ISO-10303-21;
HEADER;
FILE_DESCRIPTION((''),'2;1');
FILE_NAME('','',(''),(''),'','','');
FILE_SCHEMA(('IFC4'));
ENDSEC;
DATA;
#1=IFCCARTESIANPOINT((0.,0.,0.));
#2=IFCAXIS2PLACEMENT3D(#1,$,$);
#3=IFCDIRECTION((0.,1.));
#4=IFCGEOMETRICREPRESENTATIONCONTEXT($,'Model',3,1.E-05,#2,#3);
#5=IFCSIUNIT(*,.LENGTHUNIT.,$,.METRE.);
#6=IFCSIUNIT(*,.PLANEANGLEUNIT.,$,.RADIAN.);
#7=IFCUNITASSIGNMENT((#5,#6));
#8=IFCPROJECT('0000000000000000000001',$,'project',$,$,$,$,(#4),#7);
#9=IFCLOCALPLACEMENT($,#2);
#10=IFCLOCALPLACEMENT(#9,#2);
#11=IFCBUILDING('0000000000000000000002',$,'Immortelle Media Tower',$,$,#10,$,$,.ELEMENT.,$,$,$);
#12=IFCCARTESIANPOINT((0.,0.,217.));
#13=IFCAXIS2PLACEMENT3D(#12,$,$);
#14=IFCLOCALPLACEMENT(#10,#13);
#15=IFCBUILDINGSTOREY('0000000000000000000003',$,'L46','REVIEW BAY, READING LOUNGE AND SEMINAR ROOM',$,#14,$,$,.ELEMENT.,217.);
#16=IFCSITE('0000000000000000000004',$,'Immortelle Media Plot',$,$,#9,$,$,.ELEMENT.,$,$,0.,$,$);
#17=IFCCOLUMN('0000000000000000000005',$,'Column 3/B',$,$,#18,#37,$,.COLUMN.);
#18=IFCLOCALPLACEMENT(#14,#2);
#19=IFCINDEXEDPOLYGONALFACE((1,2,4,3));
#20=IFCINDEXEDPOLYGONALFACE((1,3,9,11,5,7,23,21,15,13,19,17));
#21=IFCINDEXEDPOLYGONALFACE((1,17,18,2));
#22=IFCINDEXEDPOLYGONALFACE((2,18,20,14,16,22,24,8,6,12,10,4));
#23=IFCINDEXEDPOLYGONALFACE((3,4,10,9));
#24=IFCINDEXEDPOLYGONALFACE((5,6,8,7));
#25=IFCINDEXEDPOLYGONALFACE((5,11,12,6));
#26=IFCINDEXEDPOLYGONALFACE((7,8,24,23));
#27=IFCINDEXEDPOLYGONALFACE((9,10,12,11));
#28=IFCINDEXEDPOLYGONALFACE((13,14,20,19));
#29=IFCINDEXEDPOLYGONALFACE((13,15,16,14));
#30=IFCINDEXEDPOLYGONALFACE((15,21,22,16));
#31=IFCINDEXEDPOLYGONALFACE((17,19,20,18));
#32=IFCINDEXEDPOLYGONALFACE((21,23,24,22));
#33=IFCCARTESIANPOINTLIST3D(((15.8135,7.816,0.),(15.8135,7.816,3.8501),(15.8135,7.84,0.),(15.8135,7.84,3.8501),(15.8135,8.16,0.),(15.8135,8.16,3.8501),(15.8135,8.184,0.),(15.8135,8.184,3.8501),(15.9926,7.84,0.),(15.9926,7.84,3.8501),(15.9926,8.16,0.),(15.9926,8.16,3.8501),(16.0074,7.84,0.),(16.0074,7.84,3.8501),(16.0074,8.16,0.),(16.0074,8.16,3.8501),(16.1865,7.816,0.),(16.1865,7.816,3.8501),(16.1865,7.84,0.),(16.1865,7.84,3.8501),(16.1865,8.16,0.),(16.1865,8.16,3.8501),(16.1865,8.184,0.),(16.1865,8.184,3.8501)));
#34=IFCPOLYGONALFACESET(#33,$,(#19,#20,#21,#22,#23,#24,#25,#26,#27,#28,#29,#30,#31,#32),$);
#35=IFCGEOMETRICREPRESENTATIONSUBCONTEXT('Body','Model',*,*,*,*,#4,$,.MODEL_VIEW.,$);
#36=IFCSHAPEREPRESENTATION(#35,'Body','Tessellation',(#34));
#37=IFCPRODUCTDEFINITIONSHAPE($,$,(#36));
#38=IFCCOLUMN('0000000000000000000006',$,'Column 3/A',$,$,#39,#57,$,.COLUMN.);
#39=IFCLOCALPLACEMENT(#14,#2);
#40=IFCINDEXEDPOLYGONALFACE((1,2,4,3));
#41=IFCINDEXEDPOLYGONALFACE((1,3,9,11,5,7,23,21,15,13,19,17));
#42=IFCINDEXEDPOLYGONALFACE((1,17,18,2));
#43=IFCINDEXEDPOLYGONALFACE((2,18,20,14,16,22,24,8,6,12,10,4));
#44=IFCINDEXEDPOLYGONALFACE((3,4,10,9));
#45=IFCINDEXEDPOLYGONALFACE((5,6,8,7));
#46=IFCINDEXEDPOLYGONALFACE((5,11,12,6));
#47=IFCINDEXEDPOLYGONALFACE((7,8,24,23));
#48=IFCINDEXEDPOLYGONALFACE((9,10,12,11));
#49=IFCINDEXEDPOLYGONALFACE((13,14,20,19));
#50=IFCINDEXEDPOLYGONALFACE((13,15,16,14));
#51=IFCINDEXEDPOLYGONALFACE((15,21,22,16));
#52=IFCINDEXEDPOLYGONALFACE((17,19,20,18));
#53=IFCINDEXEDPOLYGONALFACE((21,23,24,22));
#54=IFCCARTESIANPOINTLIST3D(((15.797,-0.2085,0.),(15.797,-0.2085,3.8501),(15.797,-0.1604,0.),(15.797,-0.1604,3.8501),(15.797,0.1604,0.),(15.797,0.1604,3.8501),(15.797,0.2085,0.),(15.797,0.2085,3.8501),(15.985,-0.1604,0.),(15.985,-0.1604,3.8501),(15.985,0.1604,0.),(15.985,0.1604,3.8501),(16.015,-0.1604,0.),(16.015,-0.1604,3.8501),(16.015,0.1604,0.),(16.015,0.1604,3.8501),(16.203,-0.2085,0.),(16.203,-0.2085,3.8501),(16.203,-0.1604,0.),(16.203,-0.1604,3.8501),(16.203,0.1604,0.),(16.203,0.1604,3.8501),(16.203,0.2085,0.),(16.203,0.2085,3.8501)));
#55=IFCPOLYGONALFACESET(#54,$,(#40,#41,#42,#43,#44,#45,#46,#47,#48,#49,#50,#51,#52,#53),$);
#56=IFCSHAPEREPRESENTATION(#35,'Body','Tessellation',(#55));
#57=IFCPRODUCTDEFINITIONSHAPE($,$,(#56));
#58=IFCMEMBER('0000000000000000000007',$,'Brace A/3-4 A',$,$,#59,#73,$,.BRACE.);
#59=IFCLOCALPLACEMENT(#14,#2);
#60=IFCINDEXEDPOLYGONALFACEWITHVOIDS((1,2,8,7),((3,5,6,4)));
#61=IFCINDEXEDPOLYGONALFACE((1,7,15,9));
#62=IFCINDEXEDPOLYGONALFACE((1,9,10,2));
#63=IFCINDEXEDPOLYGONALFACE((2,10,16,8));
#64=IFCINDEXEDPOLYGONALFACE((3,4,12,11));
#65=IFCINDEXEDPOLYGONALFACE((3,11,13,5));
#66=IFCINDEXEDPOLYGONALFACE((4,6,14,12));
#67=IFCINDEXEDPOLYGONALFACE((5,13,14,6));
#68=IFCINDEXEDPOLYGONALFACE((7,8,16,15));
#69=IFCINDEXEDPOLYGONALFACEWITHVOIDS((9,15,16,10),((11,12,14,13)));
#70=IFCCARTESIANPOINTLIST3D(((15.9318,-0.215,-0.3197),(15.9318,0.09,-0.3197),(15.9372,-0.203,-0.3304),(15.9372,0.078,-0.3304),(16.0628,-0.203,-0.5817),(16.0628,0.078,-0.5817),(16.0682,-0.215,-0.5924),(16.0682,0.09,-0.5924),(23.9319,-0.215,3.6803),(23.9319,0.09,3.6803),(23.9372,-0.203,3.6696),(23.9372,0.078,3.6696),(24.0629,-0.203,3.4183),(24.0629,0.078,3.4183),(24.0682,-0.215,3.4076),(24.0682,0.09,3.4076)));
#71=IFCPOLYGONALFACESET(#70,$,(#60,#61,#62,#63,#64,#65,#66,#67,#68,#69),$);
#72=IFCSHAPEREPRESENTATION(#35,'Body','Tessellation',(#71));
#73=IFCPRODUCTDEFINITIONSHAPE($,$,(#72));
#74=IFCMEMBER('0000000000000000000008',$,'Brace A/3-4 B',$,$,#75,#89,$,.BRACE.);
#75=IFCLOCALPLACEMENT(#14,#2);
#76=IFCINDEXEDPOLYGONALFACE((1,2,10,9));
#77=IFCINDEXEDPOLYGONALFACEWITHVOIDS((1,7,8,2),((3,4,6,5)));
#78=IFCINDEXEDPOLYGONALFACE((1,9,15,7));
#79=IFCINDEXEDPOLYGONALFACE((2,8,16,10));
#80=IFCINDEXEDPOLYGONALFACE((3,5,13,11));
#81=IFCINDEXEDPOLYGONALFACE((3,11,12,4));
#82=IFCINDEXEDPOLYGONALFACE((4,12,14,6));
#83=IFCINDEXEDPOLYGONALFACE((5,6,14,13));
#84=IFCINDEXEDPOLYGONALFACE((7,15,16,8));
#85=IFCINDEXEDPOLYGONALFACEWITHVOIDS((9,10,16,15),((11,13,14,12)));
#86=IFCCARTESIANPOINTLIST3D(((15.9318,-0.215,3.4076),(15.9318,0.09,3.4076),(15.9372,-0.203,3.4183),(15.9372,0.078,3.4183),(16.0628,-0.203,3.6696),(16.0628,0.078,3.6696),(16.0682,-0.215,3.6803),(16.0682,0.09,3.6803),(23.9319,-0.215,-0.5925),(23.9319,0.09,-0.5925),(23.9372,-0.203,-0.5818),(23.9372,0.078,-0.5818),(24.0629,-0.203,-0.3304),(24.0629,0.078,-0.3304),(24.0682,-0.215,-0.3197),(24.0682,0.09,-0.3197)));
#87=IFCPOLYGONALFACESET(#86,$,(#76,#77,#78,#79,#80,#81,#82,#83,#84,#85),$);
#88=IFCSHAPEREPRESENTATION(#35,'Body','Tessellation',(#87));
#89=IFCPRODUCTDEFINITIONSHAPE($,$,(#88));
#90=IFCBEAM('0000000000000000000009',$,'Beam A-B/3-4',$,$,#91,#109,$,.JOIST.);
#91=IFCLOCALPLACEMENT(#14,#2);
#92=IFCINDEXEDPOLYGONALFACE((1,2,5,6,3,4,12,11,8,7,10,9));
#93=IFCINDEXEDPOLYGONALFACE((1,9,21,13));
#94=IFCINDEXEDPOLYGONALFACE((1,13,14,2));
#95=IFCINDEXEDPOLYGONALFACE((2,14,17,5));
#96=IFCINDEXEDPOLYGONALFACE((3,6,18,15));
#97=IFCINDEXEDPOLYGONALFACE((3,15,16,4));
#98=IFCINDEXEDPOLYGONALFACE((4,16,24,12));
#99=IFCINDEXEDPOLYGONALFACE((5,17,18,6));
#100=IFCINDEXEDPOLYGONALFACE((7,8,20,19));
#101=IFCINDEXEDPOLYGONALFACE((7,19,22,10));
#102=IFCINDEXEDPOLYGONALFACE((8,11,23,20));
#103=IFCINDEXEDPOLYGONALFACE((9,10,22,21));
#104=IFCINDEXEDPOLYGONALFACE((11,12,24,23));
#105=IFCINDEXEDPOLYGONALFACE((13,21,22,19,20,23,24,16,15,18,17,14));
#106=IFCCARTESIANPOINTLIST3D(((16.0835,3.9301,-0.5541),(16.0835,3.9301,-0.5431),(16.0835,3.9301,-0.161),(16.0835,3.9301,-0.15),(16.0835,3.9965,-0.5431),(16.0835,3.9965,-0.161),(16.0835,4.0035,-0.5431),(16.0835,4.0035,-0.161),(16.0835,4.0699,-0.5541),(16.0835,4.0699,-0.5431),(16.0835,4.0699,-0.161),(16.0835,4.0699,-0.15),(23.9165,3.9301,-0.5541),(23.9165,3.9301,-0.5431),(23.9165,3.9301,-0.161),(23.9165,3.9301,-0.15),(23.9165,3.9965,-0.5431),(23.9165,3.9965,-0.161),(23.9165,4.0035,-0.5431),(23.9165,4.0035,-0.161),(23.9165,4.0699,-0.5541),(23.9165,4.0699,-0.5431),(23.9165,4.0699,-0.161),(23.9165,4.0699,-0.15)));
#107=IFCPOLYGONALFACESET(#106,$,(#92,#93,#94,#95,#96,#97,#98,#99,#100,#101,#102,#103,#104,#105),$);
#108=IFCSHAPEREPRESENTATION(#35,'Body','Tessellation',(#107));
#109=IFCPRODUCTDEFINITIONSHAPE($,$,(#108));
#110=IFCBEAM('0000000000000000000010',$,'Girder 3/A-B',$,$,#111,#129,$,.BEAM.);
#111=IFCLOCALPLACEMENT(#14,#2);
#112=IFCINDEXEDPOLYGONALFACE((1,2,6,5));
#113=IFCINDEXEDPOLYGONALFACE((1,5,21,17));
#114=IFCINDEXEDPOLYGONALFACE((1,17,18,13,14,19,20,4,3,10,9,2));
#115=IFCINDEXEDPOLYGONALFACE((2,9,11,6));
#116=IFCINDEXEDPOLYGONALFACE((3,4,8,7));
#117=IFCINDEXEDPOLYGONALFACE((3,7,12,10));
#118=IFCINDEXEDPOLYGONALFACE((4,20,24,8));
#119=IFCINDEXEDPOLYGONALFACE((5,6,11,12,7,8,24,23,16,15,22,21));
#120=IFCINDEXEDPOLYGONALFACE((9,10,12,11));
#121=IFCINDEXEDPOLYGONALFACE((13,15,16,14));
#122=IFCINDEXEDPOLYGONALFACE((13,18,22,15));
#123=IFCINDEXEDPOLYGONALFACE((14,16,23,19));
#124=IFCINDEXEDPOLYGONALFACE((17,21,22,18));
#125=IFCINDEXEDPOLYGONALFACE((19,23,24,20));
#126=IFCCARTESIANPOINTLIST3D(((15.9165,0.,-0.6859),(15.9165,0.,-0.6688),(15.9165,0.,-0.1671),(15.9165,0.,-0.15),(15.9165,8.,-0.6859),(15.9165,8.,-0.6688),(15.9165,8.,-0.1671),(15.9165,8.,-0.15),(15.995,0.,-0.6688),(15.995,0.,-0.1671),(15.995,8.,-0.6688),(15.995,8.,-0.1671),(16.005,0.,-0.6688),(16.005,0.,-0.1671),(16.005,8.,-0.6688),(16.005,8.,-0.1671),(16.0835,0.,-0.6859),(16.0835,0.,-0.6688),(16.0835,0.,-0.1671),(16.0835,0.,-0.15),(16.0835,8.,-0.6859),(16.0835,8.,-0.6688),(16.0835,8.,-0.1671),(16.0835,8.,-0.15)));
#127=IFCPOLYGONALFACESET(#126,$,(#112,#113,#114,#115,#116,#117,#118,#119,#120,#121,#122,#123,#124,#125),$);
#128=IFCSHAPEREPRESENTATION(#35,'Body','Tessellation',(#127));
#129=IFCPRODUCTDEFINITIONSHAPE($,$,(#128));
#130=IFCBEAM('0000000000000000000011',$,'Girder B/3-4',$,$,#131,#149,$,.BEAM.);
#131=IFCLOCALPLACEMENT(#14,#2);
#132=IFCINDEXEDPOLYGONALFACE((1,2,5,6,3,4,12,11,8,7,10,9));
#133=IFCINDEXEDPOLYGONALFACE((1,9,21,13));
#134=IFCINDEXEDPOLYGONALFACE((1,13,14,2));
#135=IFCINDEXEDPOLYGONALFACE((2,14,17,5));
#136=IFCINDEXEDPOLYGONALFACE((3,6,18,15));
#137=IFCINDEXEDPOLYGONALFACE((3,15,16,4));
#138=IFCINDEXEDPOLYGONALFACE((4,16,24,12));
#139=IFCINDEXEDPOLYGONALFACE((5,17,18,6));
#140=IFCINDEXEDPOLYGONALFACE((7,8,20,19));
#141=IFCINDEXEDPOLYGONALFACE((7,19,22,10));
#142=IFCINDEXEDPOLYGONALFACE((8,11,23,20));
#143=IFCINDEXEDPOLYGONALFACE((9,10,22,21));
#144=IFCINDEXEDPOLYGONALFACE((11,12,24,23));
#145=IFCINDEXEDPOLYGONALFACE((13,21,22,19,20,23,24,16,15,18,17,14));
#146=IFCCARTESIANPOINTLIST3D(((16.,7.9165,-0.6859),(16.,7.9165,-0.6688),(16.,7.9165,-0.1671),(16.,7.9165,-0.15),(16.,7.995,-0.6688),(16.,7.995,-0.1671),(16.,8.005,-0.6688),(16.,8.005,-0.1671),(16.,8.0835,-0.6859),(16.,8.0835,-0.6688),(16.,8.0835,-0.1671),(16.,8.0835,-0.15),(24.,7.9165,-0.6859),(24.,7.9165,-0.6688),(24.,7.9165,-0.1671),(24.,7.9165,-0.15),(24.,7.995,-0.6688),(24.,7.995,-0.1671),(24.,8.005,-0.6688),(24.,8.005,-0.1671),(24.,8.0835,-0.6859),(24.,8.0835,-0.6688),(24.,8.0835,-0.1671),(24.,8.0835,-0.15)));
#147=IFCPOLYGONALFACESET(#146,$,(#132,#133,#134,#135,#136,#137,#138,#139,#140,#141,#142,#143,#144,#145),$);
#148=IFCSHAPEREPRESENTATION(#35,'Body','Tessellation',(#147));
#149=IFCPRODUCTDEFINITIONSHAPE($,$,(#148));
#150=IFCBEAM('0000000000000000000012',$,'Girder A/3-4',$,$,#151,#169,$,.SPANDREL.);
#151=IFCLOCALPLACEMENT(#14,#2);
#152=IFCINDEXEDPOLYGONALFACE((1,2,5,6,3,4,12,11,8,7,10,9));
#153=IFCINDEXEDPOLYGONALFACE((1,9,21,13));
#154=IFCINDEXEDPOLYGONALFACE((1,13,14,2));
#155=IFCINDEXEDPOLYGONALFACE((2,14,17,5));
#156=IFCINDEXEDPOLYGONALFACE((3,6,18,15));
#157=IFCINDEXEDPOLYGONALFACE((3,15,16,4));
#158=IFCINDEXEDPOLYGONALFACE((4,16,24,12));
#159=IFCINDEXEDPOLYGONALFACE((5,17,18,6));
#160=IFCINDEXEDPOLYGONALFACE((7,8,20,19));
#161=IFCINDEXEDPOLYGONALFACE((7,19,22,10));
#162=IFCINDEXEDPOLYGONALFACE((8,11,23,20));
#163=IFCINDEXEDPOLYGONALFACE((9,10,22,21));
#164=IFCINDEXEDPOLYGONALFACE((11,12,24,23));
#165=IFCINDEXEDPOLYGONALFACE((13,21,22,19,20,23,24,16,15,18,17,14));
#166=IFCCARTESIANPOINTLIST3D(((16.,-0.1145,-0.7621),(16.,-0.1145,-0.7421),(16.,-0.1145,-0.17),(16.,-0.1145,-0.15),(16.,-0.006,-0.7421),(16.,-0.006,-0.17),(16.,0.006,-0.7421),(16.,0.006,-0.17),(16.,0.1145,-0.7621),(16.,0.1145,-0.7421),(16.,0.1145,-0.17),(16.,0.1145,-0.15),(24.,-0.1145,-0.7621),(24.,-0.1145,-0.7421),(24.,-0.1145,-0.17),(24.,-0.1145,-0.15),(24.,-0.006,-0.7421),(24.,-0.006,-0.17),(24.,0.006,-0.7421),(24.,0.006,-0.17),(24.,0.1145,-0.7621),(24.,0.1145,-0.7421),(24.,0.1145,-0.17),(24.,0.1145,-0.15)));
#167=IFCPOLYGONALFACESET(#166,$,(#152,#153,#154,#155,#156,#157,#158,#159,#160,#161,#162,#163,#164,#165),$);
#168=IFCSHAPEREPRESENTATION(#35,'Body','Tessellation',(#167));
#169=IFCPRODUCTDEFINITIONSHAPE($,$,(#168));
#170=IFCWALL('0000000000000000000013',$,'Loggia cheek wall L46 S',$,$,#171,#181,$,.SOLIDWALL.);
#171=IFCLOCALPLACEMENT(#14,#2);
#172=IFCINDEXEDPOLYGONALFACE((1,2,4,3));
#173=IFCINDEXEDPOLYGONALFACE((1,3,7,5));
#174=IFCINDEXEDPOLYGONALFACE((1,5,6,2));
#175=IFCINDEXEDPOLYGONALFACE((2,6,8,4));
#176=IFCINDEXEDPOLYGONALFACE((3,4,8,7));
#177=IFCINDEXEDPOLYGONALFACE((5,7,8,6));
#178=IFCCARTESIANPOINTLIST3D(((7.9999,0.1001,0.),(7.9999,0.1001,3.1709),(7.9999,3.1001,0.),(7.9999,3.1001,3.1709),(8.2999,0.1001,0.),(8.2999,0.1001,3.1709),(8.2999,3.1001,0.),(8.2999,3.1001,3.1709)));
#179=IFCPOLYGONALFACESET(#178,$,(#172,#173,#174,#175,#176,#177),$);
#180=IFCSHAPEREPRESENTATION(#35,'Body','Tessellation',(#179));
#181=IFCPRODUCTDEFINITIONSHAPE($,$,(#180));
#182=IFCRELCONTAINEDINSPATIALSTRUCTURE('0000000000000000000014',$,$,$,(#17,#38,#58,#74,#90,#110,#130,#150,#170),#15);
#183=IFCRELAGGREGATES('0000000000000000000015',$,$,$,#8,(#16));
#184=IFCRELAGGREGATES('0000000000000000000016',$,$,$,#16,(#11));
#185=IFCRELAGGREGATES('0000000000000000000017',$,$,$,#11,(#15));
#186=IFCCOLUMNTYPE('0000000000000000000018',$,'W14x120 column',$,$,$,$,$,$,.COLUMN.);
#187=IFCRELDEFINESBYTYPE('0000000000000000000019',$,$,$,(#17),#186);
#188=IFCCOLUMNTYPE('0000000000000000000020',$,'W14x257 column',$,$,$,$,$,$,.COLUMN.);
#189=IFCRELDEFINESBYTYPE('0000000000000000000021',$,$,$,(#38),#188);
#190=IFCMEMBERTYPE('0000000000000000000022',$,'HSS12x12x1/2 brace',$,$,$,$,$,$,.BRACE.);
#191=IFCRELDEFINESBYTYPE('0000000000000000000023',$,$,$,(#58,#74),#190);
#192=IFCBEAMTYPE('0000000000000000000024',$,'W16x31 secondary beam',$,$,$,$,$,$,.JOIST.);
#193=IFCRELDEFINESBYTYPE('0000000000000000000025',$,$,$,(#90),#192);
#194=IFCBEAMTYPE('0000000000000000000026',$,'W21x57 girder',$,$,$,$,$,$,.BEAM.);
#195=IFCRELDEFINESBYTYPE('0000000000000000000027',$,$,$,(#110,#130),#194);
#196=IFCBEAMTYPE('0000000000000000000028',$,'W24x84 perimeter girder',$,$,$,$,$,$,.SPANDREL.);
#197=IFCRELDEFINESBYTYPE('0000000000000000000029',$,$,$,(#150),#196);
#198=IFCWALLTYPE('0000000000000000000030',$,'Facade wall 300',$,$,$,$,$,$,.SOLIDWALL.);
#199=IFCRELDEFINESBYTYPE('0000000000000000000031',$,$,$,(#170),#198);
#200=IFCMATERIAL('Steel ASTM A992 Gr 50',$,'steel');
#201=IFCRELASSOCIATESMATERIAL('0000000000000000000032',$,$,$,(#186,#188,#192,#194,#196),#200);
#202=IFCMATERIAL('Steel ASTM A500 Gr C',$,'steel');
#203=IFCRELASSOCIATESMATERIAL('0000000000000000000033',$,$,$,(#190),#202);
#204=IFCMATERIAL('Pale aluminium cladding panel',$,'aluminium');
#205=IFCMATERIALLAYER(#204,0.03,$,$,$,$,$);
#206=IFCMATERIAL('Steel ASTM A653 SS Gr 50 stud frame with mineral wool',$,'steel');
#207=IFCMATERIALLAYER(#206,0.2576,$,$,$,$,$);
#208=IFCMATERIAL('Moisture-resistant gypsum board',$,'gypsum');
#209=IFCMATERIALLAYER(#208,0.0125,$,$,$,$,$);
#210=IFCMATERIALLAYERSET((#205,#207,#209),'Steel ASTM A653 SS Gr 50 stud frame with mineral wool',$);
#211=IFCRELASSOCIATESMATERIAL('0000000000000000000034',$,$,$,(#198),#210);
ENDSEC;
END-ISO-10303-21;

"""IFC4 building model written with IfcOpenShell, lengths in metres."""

from ifc_helpers import new_model, si_unit, direction, frame, frame_2d, origin, origin_2d, place, context, subcontext, project, spatial, rectangle, hollow_rectangle, i_section, extrude, material, layer, layer_set, material_profile, profile_set, type_object, element, save


model = new_model("IFC4")

# Units and contexts
model_context = context("Model", 3, precision=1e-05, world=origin(), true_north=direction((0.0, 1.0)))
body_context = subcontext(model_context, "Body", "Model", "MODEL_VIEW")
ifc_project = project(units=[si_unit("LENGTHUNIT", "METRE"), si_unit("PLANEANGLEUNIT", "RADIAN")], contexts=[model_context])

# Site, building, storey
site_placement = place(None, origin())
site = spatial("IfcSite", under=ifc_project, at=site_placement, Name="Immortelle Media Plot", CompositionType="ELEMENT", RefElevation=0.0)
building_placement = place(site_placement, origin())
building = spatial("IfcBuilding", under=site, at=building_placement, Name="Immortelle Media Tower", CompositionType="ELEMENT")
storey_placement = place(building_placement, frame((0.0, 0.0, 217.0)))
storey = spatial("IfcBuildingStorey", under=building, at=storey_placement, Name="L46", Description="REVIEW BAY, READING LOUNGE AND SEMINAR ROOM", CompositionType="ELEMENT", Elevation=217.0)

# Columns
ifc_material_1 = material(Name="Steel ASTM A992 Gr 50", Category="steel")
ifc_material_profile_1 = material_profile(ifc_material_1, i_section(OverallWidth=0.373, OverallDepth=0.3679, WebThickness=0.0149, FlangeThickness=0.0239, at=origin_2d()), Name="W14x120")
ifc_profile_set_1 = profile_set([ifc_material_profile_1], Name="Steel ASTM A992 Gr 50")
column_type_1 = type_object("IfcColumnType", Name="W14x120 column", PredefinedType="COLUMN", material=ifc_profile_set_1)
column_1_placement = place(storey_placement, frame((16.0, 8.0, 0.0), z_axis=(0.0, 0.0, 1.0), x_axis=(1.0, 0.0, 0.0)))
element("IfcColumn", 1, at=column_1_placement, inside=storey, type_object=column_type_1, Name="Column 3/B", PredefinedType="COLUMN", context=body_context, shape_type="SweptSolid", body=[
    extrude(i_section(OverallWidth=0.373, OverallDepth=0.3679, WebThickness=0.0149, FlangeThickness=0.0239, at=origin_2d()), origin(), (0.0, 0.0, 1.0), 3.8501),
])
ifc_material_profile_2 = material_profile(ifc_material_1, i_section(OverallWidth=0.406, OverallDepth=0.417, WebThickness=0.03, FlangeThickness=0.0481, at=origin_2d()), Name="W14x257")
ifc_profile_set_2 = profile_set([ifc_material_profile_2], Name="Steel ASTM A992 Gr 50")
column_type_2 = type_object("IfcColumnType", Name="W14x257 column", PredefinedType="COLUMN", material=ifc_profile_set_2)
column_2_placement = place(storey_placement, frame((16.0, 0.0, 0.0), z_axis=(0.0, 0.0, 1.0), x_axis=(1.0, 0.0, 0.0)))
element("IfcColumn", 2, at=column_2_placement, inside=storey, type_object=column_type_2, Name="Column 3/A", PredefinedType="COLUMN", context=body_context, shape_type="SweptSolid", body=[
    extrude(i_section(OverallWidth=0.406, OverallDepth=0.417, WebThickness=0.03, FlangeThickness=0.0481, at=origin_2d()), origin(), (0.0, 0.0, 1.0), 3.8501),
])

# Members
ifc_material_2 = material(Name="Steel ASTM A500 Gr C", Category="steel")
ifc_material_profile_3 = material_profile(ifc_material_2, hollow_rectangle(XDim=0.3049, YDim=0.3049, WallThickness=0.012, at=origin_2d()), Name="HSS12x12x1/2 brace")
ifc_profile_set_3 = profile_set([ifc_material_profile_3], Name="Steel ASTM A500 Gr C")
member_type = type_object("IfcMemberType", Name="HSS12x12x1/2 brace", PredefinedType="BRACE", material=ifc_profile_set_3)
for number, where, z_axis, x_axis, name in (
    (3, (16.0, -0.0625, -0.4561), (0.894427, 0.0, 0.447214), (0.0, 1.0, 0.0), "Brace A/3-4 A"),
    (4, (16.0, -0.0625, 3.5439), (0.894427, 0.0, -0.447214), (0.0, 1.0, 0.0), "Brace A/3-4 B"),
):
    element("IfcMember", number, at=place(storey_placement, frame(where, z_axis=z_axis, x_axis=x_axis)), inside=storey, type_object=member_type, Name=name, PredefinedType="BRACE", context=body_context, shape_type="SweptSolid", body=[
        extrude(hollow_rectangle(XDim=0.3049, YDim=0.3049, WallThickness=0.012, at=origin_2d()), origin(), (0.0, 0.0, 1.0), 8.9443),
    ])

# Beams
ifc_material_profile_4 = material_profile(ifc_material_1, i_section(OverallWidth=0.1399, OverallDepth=0.4041, WebThickness=0.0071, FlangeThickness=0.011, at=origin_2d()), Name="W16x31")
ifc_profile_set_4 = profile_set([ifc_material_profile_4], Name="Steel ASTM A992 Gr 50")
beam_type_1 = type_object("IfcBeamType", Name="W16x31 secondary beam", PredefinedType="JOIST", material=ifc_profile_set_4)
beam_1_placement = place(storey_placement, frame((16.0835, 4.0, -0.3521), z_axis=(1.0, 0.0, 0.0), x_axis=(0.0, 1.0, 0.0)))
element("IfcBeam", 5, at=beam_1_placement, inside=storey, type_object=beam_type_1, Name="Beam A-B/3-4", PredefinedType="JOIST", context=body_context, shape_type="SweptSolid", body=[
    extrude(i_section(OverallWidth=0.1399, OverallDepth=0.4041, WebThickness=0.0071, FlangeThickness=0.011, at=origin_2d()), origin(), (0.0, 0.0, 1.0), 7.833),
])
ifc_material_profile_5 = material_profile(ifc_material_1, i_section(OverallWidth=0.167, OverallDepth=0.5359, WebThickness=0.01, FlangeThickness=0.0171, at=origin_2d()), Name="W21x57")
ifc_profile_set_5 = profile_set([ifc_material_profile_5], Name="Steel ASTM A992 Gr 50")
beam_type_2 = type_object("IfcBeamType", Name="W21x57 girder", PredefinedType="BEAM", material=ifc_profile_set_5)
for number, where, z_axis, x_axis, name in (
    (6, (16.0, 0.0, -0.418), (0.0, 1.0, 0.0), (-1.0, 0.0, 0.0), "Girder 3/A-B"),
    (7, (16.0, 8.0, -0.418), (1.0, 0.0, 0.0), (0.0, 1.0, 0.0), "Girder B/3-4"),
):
    element("IfcBeam", number, at=place(storey_placement, frame(where, z_axis=z_axis, x_axis=x_axis)), inside=storey, type_object=beam_type_2, Name=name, PredefinedType="BEAM", context=body_context, shape_type="SweptSolid", body=[
        extrude(i_section(OverallWidth=0.167, OverallDepth=0.5359, WebThickness=0.01, FlangeThickness=0.0171, at=origin_2d()), origin(), (0.0, 0.0, 1.0), 8.0),
    ])
ifc_material_profile_6 = material_profile(ifc_material_1, i_section(OverallWidth=0.229, OverallDepth=0.6121, WebThickness=0.012, FlangeThickness=0.02, at=origin_2d()), Name="W24x84")
ifc_profile_set_6 = profile_set([ifc_material_profile_6], Name="Steel ASTM A992 Gr 50")
beam_type_3 = type_object("IfcBeamType", Name="W24x84 perimeter girder", PredefinedType="SPANDREL", material=ifc_profile_set_6)
beam_2_placement = place(storey_placement, frame((16.0, 0.0, -0.4561), z_axis=(1.0, 0.0, 0.0), x_axis=(0.0, 1.0, 0.0)))
element("IfcBeam", 8, at=beam_2_placement, inside=storey, type_object=beam_type_3, Name="Girder A/3-4", PredefinedType="SPANDREL", context=body_context, shape_type="SweptSolid", body=[
    extrude(i_section(OverallWidth=0.229, OverallDepth=0.6121, WebThickness=0.012, FlangeThickness=0.02, at=origin_2d()), origin(), (0.0, 0.0, 1.0), 8.0),
])

# Shared definitions
ifc_material_3 = material(Name="Pale aluminium cladding panel", Category="aluminium")
ifc_layer_1 = layer(ifc_material_3, 0.03)
ifc_material_4 = material(Name="Steel ASTM A653 SS Gr 50 stud frame with mineral wool", Category="steel")
ifc_layer_2 = layer(ifc_material_4, 0.2576)
ifc_material_5 = material(Name="Moisture-resistant gypsum board", Category="gypsum")
ifc_layer_3 = layer(ifc_material_5, 0.0125)
ifc_layer_set_1 = layer_set([ifc_layer_1, ifc_layer_2, ifc_layer_3], Name="Steel ASTM A653 SS Gr 50 stud frame with mineral wool")
wall_type_1 = type_object("IfcWallType", Name="Facade wall 300", PredefinedType="SOLIDWALL", material=ifc_layer_set_1)

# Wall
wall_1_placement = place(storey_placement, frame((8.1499, 0.1001, 0.0), z_axis=(0.0, 0.0, 1.0), x_axis=(0.0, 1.0, 0.0)))
element("IfcWall", 9, at=wall_1_placement, inside=storey, type_object=wall_type_1, Name="Loggia cheek wall L46 S", PredefinedType="SOLIDWALL", context=body_context, shape_type="SweptSolid", body=[
    extrude(rectangle(XDim=3.0, YDim=0.3, at=frame_2d((1.5, 0.0))), origin(), (0.0, 0.0, 1.0), 3.1709),
])

save(model, "model.ifc")
